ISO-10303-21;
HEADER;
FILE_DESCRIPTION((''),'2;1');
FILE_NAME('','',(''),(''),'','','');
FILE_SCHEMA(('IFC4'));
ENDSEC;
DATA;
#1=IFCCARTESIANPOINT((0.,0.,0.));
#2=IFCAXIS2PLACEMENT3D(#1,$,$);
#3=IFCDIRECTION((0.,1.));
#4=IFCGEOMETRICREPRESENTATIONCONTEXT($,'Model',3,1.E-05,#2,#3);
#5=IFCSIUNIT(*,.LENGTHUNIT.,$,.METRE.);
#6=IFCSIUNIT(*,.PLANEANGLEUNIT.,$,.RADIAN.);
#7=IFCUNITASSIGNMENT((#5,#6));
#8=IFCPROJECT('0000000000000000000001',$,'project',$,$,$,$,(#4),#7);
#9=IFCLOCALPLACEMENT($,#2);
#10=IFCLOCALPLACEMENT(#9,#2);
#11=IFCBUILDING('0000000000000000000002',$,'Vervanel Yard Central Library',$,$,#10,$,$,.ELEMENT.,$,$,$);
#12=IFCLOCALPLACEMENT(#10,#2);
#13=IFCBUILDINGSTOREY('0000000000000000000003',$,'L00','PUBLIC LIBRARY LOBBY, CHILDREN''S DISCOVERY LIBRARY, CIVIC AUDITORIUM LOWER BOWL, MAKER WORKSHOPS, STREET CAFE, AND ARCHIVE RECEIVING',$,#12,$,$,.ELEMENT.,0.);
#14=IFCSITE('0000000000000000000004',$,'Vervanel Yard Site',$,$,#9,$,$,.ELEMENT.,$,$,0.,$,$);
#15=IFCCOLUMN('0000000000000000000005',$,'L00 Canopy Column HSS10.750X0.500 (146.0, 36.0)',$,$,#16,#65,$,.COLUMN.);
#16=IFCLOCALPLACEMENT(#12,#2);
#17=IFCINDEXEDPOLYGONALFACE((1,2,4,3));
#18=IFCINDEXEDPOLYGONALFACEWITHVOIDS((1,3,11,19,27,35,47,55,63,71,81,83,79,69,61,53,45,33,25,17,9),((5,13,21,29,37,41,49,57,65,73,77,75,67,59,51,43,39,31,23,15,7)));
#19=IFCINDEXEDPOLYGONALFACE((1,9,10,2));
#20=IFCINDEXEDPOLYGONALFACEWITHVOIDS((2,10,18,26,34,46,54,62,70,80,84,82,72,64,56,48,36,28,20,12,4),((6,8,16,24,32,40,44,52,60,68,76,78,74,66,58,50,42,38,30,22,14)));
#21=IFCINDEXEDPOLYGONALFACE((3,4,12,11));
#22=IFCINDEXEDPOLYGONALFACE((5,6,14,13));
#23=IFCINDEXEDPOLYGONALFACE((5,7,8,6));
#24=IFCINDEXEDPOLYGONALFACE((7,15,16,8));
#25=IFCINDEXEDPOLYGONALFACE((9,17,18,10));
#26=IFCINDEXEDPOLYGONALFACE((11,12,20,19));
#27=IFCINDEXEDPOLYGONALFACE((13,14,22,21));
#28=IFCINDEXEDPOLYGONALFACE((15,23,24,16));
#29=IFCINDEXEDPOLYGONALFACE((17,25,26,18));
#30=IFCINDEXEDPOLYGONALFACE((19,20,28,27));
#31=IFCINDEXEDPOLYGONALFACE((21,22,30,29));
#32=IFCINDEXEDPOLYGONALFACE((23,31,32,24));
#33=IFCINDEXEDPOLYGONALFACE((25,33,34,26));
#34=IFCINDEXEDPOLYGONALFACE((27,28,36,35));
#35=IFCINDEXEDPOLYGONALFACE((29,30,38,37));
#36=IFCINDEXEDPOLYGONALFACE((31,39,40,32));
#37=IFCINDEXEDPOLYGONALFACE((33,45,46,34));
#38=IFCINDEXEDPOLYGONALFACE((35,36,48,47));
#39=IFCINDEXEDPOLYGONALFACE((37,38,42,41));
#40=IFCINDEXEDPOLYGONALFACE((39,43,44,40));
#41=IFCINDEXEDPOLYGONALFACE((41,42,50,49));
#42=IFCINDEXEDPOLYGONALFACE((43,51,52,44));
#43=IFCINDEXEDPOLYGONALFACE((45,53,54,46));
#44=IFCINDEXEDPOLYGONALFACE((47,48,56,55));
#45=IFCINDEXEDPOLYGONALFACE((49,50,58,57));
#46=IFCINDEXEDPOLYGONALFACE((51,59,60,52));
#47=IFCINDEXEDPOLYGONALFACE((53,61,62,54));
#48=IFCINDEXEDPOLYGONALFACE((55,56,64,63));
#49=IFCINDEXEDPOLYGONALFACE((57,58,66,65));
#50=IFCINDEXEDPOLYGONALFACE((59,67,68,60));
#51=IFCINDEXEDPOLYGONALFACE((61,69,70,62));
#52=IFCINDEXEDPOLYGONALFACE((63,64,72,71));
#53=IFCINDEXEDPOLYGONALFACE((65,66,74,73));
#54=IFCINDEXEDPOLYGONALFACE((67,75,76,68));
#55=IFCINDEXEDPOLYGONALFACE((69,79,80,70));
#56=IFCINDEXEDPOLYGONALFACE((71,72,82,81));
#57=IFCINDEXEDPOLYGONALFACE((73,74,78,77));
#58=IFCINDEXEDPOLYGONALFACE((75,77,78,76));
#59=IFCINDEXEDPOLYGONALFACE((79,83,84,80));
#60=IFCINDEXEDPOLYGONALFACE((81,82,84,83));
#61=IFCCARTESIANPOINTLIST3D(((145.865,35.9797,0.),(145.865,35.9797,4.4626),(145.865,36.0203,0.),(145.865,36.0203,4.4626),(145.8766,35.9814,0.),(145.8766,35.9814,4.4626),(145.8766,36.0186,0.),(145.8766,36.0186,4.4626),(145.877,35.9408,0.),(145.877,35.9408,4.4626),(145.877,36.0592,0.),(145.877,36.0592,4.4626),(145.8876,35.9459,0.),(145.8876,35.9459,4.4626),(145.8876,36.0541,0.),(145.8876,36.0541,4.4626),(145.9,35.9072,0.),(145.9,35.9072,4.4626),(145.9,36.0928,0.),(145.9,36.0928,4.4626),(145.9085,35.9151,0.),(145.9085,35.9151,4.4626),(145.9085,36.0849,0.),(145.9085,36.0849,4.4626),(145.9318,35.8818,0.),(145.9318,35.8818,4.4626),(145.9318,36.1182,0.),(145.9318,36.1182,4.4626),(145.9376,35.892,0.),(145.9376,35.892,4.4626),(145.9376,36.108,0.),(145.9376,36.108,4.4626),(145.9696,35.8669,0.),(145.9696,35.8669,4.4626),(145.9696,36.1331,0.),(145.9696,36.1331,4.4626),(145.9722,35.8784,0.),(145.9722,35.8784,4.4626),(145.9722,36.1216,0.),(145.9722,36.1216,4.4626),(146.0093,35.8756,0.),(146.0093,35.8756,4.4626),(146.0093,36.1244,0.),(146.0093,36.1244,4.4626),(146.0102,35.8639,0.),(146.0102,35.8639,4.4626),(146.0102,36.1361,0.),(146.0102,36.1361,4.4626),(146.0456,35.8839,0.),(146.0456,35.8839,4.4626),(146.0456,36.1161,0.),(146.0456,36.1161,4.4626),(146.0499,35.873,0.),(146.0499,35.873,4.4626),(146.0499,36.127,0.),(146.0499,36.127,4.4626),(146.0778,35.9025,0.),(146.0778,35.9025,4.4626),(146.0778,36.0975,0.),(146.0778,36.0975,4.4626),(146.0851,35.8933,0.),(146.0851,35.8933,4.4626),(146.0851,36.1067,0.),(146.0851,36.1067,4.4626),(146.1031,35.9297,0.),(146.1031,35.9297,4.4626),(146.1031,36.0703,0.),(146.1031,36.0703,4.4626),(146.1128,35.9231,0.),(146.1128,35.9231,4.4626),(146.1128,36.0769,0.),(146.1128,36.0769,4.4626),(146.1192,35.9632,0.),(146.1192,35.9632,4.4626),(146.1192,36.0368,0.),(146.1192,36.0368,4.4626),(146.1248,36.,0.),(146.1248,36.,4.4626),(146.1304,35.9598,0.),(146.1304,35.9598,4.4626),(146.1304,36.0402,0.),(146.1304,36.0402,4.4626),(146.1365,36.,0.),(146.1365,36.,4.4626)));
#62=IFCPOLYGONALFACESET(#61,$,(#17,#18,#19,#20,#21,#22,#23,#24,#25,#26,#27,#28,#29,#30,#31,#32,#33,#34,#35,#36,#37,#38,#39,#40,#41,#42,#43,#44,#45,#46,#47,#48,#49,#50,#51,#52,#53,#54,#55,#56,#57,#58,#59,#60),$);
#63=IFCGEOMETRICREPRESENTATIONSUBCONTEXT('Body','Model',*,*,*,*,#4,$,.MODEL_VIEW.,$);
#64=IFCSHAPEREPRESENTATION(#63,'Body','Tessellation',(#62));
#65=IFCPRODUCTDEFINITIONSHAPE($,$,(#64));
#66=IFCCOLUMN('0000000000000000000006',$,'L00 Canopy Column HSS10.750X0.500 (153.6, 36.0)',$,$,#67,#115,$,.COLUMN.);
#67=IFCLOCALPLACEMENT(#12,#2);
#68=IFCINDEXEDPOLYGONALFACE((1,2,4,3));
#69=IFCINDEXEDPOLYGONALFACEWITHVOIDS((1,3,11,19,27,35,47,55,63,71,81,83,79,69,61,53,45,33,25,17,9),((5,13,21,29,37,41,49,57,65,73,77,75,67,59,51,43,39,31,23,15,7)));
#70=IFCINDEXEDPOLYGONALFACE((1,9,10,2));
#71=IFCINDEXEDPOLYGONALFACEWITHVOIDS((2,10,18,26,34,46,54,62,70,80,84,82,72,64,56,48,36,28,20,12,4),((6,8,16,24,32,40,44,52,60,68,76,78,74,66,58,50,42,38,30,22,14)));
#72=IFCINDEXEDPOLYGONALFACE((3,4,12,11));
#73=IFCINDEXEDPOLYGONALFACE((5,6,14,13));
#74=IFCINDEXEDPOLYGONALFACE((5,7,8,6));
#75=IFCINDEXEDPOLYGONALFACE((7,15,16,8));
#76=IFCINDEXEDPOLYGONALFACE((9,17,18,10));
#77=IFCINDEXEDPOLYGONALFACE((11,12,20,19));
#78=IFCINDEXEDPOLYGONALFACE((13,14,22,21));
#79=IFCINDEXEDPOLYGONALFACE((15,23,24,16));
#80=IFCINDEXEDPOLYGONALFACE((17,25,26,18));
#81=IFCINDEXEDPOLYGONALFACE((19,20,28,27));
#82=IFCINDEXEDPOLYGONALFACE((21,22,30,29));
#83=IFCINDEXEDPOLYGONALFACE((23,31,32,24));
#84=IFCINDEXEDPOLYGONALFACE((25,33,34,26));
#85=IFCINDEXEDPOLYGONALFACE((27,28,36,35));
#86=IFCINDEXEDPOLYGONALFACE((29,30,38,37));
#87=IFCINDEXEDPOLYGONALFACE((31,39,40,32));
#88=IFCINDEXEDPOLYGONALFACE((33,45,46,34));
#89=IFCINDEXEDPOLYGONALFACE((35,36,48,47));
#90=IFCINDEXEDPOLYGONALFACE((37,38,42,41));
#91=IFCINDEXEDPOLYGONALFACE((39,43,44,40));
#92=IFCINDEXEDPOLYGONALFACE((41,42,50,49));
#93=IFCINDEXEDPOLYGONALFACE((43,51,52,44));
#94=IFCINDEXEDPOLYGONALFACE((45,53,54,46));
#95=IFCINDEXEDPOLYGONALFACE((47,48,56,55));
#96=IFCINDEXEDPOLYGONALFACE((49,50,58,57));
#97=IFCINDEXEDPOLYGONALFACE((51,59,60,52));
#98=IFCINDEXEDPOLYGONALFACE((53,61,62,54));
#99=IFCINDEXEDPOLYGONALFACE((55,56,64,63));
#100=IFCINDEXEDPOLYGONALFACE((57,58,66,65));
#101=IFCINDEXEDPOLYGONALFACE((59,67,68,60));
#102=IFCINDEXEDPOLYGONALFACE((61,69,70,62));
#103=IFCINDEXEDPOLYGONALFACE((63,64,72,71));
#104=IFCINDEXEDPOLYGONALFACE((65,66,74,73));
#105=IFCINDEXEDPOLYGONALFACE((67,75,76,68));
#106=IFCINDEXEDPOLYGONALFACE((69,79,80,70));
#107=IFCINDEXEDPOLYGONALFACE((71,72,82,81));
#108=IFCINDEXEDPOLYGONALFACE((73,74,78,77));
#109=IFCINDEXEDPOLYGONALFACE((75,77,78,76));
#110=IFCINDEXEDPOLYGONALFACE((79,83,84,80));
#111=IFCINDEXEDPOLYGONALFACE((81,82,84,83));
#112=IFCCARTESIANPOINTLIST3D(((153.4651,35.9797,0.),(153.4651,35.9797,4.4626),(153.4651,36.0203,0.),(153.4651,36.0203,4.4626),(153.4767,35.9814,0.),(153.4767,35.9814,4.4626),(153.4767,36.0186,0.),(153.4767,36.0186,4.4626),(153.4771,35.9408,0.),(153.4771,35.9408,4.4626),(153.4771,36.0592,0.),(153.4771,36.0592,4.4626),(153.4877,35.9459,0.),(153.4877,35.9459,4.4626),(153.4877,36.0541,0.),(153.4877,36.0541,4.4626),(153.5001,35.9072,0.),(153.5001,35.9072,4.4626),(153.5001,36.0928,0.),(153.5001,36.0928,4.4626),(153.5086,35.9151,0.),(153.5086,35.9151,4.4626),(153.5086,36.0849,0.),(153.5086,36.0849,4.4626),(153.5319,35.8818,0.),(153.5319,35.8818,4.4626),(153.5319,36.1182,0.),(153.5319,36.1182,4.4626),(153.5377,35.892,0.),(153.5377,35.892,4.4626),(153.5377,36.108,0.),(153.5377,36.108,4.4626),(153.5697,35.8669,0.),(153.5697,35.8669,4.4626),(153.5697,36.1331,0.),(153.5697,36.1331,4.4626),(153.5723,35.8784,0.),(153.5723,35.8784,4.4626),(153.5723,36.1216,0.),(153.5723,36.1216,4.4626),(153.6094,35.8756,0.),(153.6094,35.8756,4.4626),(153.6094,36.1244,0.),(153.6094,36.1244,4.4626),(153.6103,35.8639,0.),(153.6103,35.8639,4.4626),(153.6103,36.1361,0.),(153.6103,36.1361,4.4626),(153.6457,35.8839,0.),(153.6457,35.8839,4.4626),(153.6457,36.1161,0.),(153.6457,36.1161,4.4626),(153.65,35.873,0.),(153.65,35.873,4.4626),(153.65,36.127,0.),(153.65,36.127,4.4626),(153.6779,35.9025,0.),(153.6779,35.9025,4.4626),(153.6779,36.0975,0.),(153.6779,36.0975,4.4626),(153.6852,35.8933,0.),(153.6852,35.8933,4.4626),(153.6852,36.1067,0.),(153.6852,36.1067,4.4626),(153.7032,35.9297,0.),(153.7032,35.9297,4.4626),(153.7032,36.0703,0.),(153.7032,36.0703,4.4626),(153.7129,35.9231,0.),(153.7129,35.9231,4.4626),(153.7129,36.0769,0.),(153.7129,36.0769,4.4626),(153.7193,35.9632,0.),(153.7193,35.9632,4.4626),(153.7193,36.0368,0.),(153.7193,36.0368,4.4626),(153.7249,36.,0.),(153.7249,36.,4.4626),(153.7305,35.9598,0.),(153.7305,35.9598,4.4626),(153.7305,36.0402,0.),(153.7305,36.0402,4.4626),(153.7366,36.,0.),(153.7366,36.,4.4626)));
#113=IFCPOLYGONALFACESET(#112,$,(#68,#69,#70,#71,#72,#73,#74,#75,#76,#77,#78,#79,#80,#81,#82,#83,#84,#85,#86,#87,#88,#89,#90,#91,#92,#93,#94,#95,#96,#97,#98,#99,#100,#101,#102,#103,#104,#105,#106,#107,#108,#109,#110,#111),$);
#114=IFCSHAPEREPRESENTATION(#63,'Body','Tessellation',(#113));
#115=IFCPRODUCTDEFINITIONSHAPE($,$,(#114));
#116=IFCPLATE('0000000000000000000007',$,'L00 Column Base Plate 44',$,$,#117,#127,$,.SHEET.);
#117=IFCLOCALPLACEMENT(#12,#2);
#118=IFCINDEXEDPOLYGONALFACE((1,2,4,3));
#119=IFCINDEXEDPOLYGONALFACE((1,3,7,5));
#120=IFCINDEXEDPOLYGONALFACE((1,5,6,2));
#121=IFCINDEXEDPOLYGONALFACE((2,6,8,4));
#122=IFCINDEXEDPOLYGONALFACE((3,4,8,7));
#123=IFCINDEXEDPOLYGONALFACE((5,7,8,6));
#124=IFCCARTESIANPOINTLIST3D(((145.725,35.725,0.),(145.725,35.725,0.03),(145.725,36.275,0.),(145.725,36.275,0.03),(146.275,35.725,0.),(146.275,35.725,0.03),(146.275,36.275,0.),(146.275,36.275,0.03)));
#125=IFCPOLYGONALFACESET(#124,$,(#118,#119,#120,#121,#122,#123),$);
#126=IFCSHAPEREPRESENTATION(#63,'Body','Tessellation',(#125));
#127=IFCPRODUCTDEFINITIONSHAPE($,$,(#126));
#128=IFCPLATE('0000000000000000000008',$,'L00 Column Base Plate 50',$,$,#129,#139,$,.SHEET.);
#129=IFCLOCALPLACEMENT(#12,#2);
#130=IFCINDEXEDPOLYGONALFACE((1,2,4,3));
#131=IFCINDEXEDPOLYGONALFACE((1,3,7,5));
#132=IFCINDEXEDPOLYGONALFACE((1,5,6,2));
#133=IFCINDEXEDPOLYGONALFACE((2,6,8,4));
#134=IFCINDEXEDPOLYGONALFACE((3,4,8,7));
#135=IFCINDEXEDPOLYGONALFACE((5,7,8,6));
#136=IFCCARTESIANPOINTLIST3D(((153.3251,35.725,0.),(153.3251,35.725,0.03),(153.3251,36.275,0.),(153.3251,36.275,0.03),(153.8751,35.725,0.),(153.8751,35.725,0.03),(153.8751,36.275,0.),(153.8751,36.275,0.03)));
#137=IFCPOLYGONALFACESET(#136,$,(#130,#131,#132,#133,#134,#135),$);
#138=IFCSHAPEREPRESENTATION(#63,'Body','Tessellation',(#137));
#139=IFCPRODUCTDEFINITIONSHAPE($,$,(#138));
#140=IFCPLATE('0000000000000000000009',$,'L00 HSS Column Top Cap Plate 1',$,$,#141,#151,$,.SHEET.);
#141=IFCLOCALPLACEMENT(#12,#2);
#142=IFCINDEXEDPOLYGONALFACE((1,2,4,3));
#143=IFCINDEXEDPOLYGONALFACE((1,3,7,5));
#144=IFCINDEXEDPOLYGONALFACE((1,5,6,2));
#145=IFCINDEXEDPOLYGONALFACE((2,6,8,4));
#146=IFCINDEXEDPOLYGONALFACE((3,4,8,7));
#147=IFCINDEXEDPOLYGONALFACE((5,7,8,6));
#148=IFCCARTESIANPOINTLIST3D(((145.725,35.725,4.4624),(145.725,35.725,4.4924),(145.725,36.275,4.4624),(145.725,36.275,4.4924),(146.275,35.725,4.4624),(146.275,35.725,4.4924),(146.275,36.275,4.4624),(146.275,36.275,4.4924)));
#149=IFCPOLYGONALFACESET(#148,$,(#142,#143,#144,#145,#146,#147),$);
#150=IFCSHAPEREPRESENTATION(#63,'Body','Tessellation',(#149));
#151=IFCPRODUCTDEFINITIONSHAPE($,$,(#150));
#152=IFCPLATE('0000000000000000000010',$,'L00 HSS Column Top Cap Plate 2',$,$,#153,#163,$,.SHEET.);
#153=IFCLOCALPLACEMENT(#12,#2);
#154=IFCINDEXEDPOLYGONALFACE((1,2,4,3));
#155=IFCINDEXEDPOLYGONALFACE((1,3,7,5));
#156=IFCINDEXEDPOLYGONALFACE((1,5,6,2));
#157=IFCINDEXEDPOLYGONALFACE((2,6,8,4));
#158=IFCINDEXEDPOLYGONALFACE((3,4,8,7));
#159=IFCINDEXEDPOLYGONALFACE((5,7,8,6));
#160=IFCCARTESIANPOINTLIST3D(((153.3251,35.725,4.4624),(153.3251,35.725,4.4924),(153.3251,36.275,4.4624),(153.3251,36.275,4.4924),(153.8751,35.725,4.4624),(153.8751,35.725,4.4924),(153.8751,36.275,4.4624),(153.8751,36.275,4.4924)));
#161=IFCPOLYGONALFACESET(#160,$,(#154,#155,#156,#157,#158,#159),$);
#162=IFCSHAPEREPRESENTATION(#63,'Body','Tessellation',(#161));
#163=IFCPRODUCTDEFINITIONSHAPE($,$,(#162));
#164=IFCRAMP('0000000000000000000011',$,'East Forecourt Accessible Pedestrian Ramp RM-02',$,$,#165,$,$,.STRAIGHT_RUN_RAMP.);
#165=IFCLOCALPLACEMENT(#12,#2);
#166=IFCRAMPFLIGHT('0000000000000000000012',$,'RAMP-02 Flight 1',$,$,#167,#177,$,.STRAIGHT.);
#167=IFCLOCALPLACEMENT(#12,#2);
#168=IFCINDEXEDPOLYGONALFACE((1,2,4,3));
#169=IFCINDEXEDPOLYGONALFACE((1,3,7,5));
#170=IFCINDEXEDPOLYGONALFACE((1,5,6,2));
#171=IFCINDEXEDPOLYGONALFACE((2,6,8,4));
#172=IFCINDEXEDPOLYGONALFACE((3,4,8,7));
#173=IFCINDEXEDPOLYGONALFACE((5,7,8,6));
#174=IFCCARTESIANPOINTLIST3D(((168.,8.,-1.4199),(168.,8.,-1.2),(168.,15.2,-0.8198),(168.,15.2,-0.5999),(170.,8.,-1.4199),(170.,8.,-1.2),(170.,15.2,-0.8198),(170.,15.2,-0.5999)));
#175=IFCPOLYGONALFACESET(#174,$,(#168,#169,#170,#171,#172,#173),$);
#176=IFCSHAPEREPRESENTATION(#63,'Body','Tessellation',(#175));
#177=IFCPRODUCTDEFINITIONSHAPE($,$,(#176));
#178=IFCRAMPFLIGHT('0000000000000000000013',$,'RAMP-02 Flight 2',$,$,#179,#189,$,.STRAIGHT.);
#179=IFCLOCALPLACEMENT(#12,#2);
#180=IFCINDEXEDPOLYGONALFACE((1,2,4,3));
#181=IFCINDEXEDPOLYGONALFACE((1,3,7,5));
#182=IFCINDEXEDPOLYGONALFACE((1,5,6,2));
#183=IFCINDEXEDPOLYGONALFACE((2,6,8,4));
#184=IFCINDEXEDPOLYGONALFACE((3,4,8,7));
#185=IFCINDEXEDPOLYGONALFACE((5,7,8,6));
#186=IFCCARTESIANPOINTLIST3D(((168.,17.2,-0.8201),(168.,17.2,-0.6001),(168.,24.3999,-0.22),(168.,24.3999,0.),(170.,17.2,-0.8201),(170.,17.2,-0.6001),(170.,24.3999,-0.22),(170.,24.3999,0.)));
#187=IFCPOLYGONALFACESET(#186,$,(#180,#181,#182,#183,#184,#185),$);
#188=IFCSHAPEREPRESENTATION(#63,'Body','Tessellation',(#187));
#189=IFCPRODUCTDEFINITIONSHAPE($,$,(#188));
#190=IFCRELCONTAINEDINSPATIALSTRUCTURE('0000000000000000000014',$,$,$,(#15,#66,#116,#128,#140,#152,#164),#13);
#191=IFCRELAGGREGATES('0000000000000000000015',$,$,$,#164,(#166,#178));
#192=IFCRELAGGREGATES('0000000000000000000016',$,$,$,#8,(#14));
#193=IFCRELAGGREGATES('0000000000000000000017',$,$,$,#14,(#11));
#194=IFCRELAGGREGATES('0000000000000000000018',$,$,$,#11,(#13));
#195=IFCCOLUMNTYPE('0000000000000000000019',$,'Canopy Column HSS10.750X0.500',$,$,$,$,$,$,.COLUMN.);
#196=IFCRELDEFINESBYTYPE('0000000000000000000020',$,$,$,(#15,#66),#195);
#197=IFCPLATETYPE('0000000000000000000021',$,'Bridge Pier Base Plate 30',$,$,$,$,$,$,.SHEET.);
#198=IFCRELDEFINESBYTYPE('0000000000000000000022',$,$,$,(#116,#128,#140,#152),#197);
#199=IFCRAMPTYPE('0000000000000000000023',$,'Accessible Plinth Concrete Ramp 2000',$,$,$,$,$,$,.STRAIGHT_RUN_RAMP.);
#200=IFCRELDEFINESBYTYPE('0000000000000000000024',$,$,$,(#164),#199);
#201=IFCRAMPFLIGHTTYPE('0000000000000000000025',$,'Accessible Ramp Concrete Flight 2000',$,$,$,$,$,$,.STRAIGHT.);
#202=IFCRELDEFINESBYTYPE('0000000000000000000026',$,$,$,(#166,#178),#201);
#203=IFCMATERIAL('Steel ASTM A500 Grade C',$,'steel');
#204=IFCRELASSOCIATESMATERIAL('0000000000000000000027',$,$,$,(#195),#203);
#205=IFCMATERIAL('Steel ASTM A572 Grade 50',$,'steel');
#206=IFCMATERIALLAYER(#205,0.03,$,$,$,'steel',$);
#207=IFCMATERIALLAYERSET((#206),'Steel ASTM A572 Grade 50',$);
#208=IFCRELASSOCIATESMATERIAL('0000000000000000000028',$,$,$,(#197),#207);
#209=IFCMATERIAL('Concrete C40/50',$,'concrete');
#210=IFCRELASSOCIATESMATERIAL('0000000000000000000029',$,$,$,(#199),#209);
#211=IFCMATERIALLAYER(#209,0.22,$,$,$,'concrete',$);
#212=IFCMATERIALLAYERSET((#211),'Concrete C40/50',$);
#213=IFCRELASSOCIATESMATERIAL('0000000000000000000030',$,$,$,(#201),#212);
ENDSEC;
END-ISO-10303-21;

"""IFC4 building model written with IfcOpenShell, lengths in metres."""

from ifc_helpers import new_model, si_unit, direction, frame, origin, origin_2d, place, context, subcontext, project, spatial, polyline, rectangle, hollow_circle, outline, extrude, material, layer, layer_set, material_profile, profile_set, type_object, element, aggregate, save


model = new_model("IFC4")

# Units and contexts
model_context = context("Model", 3, precision=1e-05, world=origin(), true_north=direction((0.0, 1.0)))
body_context = subcontext(model_context, "Body", "Model", "MODEL_VIEW")
ifc_project = project(units=[si_unit("LENGTHUNIT", "METRE"), si_unit("PLANEANGLEUNIT", "RADIAN")], contexts=[model_context])

# Site, building, storey
site_placement = place(None, origin())
site = spatial("IfcSite", under=ifc_project, at=site_placement, Name="Vervanel Yard Site", CompositionType="ELEMENT", RefElevation=0.0)
building_placement = place(site_placement, origin())
building = spatial("IfcBuilding", under=site, at=building_placement, Name="Vervanel Yard Central Library", CompositionType="ELEMENT")
storey_placement = place(building_placement, origin())
storey = spatial("IfcBuildingStorey", under=building, at=storey_placement, Name="L00", Description="PUBLIC LIBRARY LOBBY, CHILDREN'S DISCOVERY LIBRARY, CIVIC AUDITORIUM LOWER BOWL, MAKER WORKSHOPS, STREET CAFE, AND ARCHIVE RECEIVING", CompositionType="ELEMENT", Elevation=0.0)

# Shared definitions
ifc_material_1 = material(Name="Concrete C40/50", Category="concrete")

# Columns
ifc_material_2 = material(Name="Steel ASTM A500 Grade C", Category="steel")
ifc_material_profile_1 = material_profile(ifc_material_2, hollow_circle(Radius=0.1365, WallThickness=0.0117, at=origin_2d()), Name="HSS10.750X0.500", Category="steel")
ifc_profile_set_1 = profile_set([ifc_material_profile_1], Name="Steel ASTM A500 Grade C")
column_type = type_object("IfcColumnType", Name="Canopy Column HSS10.750X0.500", PredefinedType="COLUMN", material=ifc_profile_set_1)
for number, where, z_axis, x_axis, name in (
    (1, (146.0, 36.0, 0.0), (0.0, 0.0, 1.0), (1.0, 0.0, 0.0), "L00 Canopy Column HSS10.750X0.500 (146.0, 36.0)"),
    (2, (153.6001, 36.0, 0.0), (0.0, 0.0, 1.0), (1.0, 0.0, 0.0), "L00 Canopy Column HSS10.750X0.500 (153.6, 36.0)"),
):
    element("IfcColumn", number, at=place(storey_placement, frame(where, z_axis=z_axis, x_axis=x_axis)), inside=storey, type_object=column_type, Name=name, PredefinedType="COLUMN", context=body_context, shape_type="SweptSolid", body=[
        extrude(hollow_circle(Radius=0.1365, WallThickness=0.0117, at=origin_2d()), origin(), (0.0, 0.0, 1.0), 4.4626),
    ])

# Plates
ifc_material_3 = material(Name="Steel ASTM A572 Grade 50", Category="steel")
ifc_layer_1 = layer(ifc_material_3, 0.03, Category="steel")
ifc_layer_set_1 = layer_set([ifc_layer_1], Name="Steel ASTM A572 Grade 50")
plate_type = type_object("IfcPlateType", Name="Bridge Pier Base Plate 30", PredefinedType="SHEET", material=ifc_layer_set_1)
for number, where, z_axis, x_axis, name in (
    (3, (146.0, 36.0, 0.0), (0.0, 0.0, 1.0), (1.0, 0.0, 0.0), "L00 Column Base Plate 44"),
    (4, (153.6001, 36.0, 0.0), (0.0, 0.0, 1.0), (1.0, 0.0, 0.0), "L00 Column Base Plate 50"),
    (5, (146.0, 36.0, 4.4624), (0.0, 0.0, 1.0), (1.0, 0.0, 0.0), "L00 HSS Column Top Cap Plate 1"),
    (6, (153.6001, 36.0, 4.4624), (0.0, 0.0, 1.0), (1.0, 0.0, 0.0), "L00 HSS Column Top Cap Plate 2"),
):
    element("IfcPlate", number, at=place(storey_placement, frame(where, z_axis=z_axis, x_axis=x_axis)), inside=storey, type_object=plate_type, Name=name, PredefinedType="SHEET", context=body_context, shape_type="SweptSolid", body=[
        extrude(rectangle(XDim=0.55, YDim=0.55, at=origin_2d()), origin(), (0.0, 0.0, 1.0), 0.03),
    ])

# Ramp, ramp flights
ramp_type = type_object("IfcRampType", Name="Accessible Plinth Concrete Ramp 2000", PredefinedType="STRAIGHT_RUN_RAMP", material=ifc_material_1)
ramp_placement = place(storey_placement, origin())
ramp = element("IfcRamp", 7, at=ramp_placement, inside=storey, type_object=ramp_type, Name="East Forecourt Accessible Pedestrian Ramp RM-02", PredefinedType="STRAIGHT_RUN_RAMP")
ifc_layer_2 = layer(ifc_material_1, 0.22, Category="concrete")
ifc_layer_set_2 = layer_set([ifc_layer_2], Name="Concrete C40/50")
ramp_flight_type = type_object("IfcRampFlightType", Name="Accessible Ramp Concrete Flight 2000", PredefinedType="STRAIGHT", material=ifc_layer_set_2)
ramp_flight_1_placement = place(storey_placement, frame((169.0, 8.0, -1.2), z_axis=(0.0, 0.0, 1.0), x_axis=(0.0, 1.0, 0.0)))
ramp_flight_1 = element("IfcRampFlight", 8, at=ramp_flight_1_placement, type_object=ramp_flight_type, Name="RAMP-02 Flight 1", PredefinedType="STRAIGHT", context=body_context, shape_type="SweptSolid", body=[
    extrude(outline(polyline([(0.0, 0.0), (0.0, -0.22), (7.2, 0.3801), (7.2, 0.6001), (0.0, 0.0)])), frame((0.0, 1.0, 0.0), z_axis=(0.0, -1.0, 0.0), x_axis=(1.0, 0.0, 0.0)), (0.0, 0.0, 1.0), 2.0),
])
ramp_flight_2_placement = place(storey_placement, frame((169.0, 17.2, -0.6001), z_axis=(0.0, 0.0, 1.0), x_axis=(0.0, 1.0, 0.0)))
ramp_flight_2 = element("IfcRampFlight", 9, at=ramp_flight_2_placement, type_object=ramp_flight_type, Name="RAMP-02 Flight 2", PredefinedType="STRAIGHT", context=body_context, shape_type="SweptSolid", body=[
    extrude(outline(polyline([(0.0, 0.0), (0.0, -0.22), (7.2, 0.3801), (7.2, 0.6001), (0.0, 0.0)])), frame((0.0, 1.0, 0.0), z_axis=(0.0, -1.0, 0.0), x_axis=(1.0, 0.0, 0.0)), (0.0, 0.0, 1.0), 2.0),
])
aggregate(ramp, [ramp_flight_1, ramp_flight_2])

save(model, "model.ifc")
